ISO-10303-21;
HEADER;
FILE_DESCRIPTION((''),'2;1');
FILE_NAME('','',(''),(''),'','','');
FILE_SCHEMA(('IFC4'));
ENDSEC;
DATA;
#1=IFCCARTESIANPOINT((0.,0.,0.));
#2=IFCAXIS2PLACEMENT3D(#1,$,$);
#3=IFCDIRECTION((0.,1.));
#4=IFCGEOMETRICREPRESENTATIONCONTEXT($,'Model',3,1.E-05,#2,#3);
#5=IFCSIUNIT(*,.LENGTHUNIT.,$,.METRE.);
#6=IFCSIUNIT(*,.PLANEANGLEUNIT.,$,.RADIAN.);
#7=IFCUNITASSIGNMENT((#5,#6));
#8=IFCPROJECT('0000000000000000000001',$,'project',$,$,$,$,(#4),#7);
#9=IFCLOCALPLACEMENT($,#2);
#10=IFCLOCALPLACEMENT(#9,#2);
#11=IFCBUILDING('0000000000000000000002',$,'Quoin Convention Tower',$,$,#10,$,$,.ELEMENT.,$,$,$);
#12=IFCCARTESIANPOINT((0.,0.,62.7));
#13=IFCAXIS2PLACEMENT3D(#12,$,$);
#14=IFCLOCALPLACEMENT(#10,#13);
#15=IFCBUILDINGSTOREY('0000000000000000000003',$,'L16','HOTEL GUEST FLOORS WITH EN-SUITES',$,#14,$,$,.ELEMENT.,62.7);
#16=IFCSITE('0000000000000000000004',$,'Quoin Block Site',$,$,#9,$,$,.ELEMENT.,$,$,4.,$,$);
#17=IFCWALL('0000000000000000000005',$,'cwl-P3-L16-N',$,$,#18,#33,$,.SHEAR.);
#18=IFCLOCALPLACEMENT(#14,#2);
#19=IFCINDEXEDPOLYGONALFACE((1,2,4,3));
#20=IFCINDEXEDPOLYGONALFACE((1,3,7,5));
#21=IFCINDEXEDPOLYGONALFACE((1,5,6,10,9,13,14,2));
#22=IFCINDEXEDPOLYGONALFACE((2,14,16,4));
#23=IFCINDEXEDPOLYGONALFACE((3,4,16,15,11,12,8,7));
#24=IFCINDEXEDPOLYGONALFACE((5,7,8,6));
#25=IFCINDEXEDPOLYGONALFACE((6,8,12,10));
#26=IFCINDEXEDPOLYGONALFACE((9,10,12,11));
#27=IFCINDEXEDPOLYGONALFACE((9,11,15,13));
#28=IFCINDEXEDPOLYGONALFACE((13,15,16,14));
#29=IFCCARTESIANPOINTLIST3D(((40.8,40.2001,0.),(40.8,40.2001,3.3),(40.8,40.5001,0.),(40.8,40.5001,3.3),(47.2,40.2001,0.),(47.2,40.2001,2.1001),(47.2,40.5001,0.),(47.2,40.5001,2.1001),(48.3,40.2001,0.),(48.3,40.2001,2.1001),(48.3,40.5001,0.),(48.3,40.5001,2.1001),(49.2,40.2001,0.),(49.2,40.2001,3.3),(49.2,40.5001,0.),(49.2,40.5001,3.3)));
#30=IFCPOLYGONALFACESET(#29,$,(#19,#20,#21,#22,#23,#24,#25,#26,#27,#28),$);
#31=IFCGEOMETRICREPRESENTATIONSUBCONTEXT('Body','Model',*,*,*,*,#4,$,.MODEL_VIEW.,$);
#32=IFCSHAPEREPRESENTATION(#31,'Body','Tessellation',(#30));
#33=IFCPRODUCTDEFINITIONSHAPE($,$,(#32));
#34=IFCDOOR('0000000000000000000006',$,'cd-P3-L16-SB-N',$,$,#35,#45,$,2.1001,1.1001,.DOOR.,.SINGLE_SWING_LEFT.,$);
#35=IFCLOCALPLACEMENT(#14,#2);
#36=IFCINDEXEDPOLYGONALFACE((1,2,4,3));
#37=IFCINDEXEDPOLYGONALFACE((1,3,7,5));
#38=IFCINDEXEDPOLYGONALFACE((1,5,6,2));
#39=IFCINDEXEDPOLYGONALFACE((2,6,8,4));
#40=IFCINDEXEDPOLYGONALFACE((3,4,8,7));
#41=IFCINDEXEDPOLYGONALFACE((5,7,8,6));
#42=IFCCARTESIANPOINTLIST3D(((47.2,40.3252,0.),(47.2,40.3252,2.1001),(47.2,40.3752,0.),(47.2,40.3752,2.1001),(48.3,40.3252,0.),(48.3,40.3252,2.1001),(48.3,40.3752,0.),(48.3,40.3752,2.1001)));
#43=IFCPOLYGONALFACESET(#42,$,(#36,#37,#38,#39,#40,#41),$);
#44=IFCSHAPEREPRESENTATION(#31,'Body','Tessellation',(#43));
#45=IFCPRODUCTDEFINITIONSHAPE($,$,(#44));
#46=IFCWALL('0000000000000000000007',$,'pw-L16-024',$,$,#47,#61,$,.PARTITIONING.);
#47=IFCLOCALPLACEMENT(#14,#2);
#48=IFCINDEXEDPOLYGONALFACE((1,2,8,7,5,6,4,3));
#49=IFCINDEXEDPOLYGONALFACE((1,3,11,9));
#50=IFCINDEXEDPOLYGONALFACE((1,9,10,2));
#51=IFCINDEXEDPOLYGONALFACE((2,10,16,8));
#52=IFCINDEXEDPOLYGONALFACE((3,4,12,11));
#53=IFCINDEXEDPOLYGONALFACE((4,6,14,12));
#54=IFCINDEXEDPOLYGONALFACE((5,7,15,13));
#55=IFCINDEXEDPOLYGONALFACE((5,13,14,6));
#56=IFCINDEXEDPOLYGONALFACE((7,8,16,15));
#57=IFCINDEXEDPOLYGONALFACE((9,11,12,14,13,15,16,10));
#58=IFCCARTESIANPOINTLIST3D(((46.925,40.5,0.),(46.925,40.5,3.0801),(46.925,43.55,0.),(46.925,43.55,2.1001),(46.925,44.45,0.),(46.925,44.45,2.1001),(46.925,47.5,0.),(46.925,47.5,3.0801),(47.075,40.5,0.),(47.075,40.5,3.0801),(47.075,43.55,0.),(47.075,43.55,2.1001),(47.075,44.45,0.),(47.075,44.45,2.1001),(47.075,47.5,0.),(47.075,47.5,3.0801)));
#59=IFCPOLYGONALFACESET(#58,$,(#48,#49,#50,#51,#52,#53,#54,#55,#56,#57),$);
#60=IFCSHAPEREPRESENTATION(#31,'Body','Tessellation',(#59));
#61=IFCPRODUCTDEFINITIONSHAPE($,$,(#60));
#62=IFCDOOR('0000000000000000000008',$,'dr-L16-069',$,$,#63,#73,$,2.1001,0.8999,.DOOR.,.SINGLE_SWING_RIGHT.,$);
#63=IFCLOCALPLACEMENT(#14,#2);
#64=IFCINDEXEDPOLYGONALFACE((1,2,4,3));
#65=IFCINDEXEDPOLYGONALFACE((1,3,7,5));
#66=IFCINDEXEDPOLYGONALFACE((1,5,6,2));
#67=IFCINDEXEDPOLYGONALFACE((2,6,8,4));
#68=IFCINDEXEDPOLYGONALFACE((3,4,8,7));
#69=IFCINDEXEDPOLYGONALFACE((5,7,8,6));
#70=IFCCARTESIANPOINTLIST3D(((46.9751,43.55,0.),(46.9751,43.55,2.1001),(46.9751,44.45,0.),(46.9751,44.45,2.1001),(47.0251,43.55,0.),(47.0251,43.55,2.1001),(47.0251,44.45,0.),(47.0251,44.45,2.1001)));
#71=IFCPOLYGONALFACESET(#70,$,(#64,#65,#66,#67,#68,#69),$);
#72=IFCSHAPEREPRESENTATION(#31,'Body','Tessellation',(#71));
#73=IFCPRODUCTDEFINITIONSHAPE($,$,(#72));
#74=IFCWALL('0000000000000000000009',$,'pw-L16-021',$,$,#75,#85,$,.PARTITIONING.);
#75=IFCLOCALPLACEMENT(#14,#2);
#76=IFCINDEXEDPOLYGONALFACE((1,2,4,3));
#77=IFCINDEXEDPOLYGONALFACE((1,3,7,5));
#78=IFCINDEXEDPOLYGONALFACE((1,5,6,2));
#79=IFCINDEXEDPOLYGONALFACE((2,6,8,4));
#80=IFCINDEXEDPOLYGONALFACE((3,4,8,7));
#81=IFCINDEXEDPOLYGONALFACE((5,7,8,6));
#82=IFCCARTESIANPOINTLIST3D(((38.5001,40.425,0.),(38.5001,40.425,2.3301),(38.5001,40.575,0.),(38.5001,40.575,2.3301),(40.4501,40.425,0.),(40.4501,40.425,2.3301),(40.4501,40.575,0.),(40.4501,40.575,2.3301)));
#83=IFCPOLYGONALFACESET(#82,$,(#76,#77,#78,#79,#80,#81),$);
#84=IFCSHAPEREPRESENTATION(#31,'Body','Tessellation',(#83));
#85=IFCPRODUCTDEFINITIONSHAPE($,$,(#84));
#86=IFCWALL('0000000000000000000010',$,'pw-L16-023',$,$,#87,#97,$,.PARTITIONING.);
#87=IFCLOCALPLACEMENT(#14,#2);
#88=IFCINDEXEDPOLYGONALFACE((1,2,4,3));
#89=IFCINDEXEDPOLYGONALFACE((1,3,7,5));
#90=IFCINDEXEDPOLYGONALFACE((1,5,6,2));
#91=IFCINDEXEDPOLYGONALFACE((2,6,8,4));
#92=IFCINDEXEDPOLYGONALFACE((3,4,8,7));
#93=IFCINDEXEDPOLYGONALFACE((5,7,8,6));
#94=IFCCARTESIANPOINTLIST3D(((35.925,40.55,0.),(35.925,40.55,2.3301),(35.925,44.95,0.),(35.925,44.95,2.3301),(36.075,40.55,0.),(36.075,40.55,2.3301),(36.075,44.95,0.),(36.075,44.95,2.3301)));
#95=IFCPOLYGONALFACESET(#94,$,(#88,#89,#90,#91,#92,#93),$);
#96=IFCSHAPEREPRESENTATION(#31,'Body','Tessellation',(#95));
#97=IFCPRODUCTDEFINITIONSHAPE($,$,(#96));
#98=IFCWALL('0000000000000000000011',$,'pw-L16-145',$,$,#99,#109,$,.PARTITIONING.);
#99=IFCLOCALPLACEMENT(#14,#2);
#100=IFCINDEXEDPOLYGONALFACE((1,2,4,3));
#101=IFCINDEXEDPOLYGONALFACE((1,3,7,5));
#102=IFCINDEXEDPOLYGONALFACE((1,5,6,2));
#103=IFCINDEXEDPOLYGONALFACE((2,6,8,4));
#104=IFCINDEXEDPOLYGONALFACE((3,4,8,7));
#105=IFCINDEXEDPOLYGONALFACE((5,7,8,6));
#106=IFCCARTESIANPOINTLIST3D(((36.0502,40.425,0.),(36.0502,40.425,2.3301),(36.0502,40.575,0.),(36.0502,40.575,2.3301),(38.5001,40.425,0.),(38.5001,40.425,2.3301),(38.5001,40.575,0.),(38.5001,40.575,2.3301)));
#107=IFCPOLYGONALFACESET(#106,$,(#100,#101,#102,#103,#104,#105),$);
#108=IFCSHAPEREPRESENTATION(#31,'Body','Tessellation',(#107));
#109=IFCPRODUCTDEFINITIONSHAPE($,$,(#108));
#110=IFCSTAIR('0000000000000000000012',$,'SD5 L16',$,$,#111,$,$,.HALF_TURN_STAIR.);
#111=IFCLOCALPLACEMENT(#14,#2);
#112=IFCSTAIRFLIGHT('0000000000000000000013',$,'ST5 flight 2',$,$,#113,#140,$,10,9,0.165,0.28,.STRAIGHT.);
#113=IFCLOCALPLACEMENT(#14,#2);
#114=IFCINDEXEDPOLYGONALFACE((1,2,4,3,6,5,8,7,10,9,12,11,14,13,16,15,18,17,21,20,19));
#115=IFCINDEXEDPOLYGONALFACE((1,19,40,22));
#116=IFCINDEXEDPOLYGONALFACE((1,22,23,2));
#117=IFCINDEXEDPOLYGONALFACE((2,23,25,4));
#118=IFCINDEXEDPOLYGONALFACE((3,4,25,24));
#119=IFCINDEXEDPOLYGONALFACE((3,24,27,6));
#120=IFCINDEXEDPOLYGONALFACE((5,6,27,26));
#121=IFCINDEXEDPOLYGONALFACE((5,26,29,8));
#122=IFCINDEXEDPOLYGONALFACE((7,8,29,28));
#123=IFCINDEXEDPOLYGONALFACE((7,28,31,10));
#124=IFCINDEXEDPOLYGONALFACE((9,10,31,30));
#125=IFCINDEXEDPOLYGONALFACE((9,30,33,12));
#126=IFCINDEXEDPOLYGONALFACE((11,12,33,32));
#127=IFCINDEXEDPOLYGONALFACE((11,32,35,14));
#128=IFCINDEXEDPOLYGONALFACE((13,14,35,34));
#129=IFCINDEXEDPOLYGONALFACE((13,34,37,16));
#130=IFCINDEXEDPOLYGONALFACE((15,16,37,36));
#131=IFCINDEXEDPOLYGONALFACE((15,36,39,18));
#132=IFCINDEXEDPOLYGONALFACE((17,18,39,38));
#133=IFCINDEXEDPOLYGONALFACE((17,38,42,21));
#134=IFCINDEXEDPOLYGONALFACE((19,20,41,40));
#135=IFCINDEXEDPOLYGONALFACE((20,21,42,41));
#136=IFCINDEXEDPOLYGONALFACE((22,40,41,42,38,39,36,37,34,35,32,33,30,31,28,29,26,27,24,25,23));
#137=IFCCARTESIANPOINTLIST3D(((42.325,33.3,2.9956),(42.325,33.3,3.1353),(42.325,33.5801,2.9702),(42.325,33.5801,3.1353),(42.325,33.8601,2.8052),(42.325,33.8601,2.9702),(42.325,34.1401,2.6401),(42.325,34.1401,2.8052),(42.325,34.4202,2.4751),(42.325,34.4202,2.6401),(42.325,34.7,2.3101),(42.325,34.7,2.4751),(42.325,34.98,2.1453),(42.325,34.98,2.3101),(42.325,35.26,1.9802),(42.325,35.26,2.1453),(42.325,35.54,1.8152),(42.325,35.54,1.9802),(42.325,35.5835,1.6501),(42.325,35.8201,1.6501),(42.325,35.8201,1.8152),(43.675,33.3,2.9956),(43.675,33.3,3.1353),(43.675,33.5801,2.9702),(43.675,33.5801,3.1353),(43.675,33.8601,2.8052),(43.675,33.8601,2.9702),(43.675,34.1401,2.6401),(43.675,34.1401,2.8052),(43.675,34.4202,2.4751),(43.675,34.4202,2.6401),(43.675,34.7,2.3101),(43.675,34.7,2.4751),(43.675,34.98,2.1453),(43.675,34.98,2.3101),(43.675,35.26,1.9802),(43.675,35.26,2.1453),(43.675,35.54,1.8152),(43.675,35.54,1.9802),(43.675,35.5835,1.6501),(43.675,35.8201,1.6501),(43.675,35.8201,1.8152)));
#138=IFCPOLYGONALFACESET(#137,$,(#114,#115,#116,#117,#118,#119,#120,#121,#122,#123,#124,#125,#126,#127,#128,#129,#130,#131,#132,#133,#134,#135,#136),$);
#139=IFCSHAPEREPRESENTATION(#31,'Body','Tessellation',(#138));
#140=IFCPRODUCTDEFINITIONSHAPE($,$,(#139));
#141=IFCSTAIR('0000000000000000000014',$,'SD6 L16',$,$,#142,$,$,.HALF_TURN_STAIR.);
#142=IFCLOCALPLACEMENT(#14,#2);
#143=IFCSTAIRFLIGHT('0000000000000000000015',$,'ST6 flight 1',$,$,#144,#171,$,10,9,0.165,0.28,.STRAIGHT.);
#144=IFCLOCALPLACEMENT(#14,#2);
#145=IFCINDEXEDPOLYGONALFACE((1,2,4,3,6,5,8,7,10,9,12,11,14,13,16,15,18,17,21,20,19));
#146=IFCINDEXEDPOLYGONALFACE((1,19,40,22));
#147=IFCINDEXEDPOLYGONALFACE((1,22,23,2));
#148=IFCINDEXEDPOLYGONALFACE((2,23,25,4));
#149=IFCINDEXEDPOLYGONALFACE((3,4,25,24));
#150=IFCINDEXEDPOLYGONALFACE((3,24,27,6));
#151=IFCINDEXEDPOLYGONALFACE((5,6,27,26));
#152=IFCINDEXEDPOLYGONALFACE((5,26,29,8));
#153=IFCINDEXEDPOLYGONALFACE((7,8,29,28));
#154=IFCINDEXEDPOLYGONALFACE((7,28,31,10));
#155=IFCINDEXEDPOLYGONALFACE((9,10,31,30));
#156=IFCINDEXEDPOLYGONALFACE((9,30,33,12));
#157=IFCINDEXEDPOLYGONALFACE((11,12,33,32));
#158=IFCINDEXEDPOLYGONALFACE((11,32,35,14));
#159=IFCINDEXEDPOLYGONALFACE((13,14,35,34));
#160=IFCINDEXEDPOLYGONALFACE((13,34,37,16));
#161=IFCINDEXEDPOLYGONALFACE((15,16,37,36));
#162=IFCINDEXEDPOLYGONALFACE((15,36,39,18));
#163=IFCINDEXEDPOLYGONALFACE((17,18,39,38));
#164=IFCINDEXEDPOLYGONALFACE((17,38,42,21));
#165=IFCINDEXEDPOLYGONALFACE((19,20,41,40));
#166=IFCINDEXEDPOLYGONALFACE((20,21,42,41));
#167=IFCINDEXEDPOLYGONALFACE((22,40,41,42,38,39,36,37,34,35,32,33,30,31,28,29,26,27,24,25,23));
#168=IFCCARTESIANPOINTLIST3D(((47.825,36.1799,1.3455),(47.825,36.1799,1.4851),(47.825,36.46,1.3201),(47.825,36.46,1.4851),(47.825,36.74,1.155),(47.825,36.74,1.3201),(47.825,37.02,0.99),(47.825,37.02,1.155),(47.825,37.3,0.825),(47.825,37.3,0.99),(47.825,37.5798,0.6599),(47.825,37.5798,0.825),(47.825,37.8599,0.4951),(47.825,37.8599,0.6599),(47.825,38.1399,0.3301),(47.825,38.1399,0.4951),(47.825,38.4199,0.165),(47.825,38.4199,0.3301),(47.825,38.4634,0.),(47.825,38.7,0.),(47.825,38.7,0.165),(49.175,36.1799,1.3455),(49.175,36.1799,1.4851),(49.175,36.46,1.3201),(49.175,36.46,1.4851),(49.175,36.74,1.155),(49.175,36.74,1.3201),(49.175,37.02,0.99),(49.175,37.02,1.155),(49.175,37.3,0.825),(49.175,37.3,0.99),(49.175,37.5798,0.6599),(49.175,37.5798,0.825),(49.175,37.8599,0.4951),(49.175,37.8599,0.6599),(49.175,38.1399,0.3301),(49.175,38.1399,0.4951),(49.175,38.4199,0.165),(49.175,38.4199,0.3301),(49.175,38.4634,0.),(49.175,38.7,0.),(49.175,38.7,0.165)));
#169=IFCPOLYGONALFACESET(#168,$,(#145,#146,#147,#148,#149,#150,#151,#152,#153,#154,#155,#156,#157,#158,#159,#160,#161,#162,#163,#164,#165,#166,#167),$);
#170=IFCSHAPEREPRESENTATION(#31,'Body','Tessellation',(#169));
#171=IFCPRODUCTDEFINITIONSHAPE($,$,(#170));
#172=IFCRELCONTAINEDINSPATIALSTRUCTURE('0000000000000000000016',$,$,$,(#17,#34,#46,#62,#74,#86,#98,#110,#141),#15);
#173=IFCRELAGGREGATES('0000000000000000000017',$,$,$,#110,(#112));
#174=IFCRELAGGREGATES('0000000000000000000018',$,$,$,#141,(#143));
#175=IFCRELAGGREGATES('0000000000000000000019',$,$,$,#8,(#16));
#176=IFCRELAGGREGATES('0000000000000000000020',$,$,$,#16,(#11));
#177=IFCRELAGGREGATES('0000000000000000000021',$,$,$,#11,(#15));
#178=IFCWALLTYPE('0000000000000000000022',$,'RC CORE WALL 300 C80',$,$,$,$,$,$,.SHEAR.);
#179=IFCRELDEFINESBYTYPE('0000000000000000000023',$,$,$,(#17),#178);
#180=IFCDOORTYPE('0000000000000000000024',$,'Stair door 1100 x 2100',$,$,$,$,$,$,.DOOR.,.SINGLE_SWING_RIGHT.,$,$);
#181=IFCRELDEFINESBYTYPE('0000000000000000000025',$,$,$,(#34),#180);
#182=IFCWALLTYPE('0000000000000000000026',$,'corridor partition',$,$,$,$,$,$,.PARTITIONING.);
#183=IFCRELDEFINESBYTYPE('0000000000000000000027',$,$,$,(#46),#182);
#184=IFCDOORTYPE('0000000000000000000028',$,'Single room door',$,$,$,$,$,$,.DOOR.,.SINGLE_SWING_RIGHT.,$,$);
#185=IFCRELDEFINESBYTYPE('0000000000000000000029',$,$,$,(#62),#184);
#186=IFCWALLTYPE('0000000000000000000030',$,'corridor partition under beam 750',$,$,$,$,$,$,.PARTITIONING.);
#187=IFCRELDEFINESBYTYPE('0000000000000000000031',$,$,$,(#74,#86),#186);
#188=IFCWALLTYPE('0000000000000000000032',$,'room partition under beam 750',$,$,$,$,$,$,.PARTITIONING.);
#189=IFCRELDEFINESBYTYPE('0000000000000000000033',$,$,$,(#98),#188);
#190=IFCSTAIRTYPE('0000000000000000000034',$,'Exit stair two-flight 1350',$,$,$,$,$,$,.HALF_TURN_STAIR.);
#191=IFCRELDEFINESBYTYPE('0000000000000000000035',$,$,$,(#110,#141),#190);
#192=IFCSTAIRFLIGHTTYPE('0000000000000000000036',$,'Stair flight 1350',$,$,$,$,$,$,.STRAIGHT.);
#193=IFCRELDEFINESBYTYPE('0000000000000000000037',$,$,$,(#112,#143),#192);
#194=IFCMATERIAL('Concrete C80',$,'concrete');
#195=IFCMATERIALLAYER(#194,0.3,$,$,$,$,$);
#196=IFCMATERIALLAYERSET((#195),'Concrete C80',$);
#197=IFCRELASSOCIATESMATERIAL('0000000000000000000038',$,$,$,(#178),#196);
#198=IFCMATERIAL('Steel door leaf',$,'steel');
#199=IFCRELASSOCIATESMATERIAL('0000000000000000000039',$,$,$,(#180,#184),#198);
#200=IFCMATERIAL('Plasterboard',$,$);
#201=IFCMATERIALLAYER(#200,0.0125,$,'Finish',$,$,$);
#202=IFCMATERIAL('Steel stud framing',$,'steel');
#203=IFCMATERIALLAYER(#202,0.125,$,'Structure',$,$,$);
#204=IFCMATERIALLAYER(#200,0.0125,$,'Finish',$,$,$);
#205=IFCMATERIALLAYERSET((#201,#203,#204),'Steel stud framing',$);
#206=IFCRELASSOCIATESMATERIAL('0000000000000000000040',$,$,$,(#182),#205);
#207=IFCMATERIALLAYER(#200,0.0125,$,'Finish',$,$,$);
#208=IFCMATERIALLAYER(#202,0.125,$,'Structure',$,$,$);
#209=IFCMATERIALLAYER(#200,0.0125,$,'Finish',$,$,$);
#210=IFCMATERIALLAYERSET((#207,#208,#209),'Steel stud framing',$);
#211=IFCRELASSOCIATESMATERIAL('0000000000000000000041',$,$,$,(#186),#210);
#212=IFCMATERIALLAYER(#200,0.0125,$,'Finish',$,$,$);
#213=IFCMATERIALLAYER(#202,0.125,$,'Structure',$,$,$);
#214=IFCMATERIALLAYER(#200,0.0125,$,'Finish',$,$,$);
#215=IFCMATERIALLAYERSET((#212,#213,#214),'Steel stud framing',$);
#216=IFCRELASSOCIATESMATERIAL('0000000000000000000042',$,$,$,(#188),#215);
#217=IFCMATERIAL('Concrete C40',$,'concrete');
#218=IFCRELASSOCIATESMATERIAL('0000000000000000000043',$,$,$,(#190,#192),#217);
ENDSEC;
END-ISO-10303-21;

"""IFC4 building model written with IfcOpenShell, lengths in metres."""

from ifc_helpers import new_model, si_unit, direction, frame, frame_2d, origin, place, context, subcontext, project, spatial, polyline, rectangle, outline, extrude, material, layer, layer_set, type_object, element, fill, aggregate, save


model = new_model("IFC4")

# Units and contexts
model_context = context("Model", 3, precision=1e-05, world=origin(), true_north=direction((0.0, 1.0)))
body_context = subcontext(model_context, "Body", "Model", "MODEL_VIEW")
ifc_project = project(units=[si_unit("LENGTHUNIT", "METRE"), si_unit("PLANEANGLEUNIT", "RADIAN")], contexts=[model_context])

# Site, building, storey
site_placement = place(None, origin())
site = spatial("IfcSite", under=ifc_project, at=site_placement, Name="Quoin Block Site", CompositionType="ELEMENT", RefElevation=4.0)
building_placement = place(site_placement, origin())
building = spatial("IfcBuilding", under=site, at=building_placement, Name="Quoin Convention Tower", CompositionType="ELEMENT")
storey_placement = place(building_placement, frame((0.0, 0.0, 62.7)))
storey = spatial("IfcBuildingStorey", under=building, at=storey_placement, Name="L16", Description="HOTEL GUEST FLOORS WITH EN-SUITES", CompositionType="ELEMENT", Elevation=62.7)

# Shared definitions
ifc_material_1 = material(Name="Concrete C80", Category="concrete")

# Walls, openings, doors
ifc_layer_1 = layer(ifc_material_1, 0.3)
ifc_layer_set_1 = layer_set([ifc_layer_1], Name="Concrete C80")
wall_type_1 = type_object("IfcWallType", Name="RC CORE WALL 300 C80", PredefinedType="SHEAR", material=ifc_layer_set_1)
wall_1_placement = place(storey_placement, frame((40.8, 40.3501, 0.0), z_axis=(0.0, 0.0, 1.0), x_axis=(1.0, 0.0, 0.0)))
wall_1 = element("IfcWall", 1, at=wall_1_placement, inside=storey, type_object=wall_type_1, Name="cwl-P3-L16-N", PredefinedType="SHEAR", context=body_context, shape_type="SweptSolid", body=[
    extrude(rectangle(XDim=8.3999, YDim=0.3, at=frame_2d((4.2, 0.0))), origin(), (0.0, 0.0, 1.0), 3.3),
])
opening_1_placement = place(wall_1_placement, frame((6.3999, 0.0, 0.0)))
opening_1 = element("IfcOpeningElement", 2, at=opening_1_placement, cuts=wall_1, PredefinedType="OPENING", context=body_context, shape_type="SweptSolid", body=[
    extrude(rectangle(XDim=1.1001, YDim=2.1001, at=frame_2d((0.55, 1.05))), frame((0.0, 0.1599, 0.0), z_axis=(0.0, -1.0, 0.0), x_axis=(1.0, 0.0, 0.0)), (0.0, 0.0, 1.0), 0.3201),
])
ifc_material_2 = material(Name="Steel door leaf", Category="steel")
door_type_1 = type_object("IfcDoorType", Name="Stair door 1100 x 2100", OperationType="SINGLE_SWING_RIGHT", PredefinedType="DOOR", material=ifc_material_2)
door_1_placement = place(opening_1_placement, frame((1.1001, 0.0, 0.0), z_axis=(0.0, 0.0, 1.0), x_axis=(-1.0, 0.0, 0.0)))
door_1 = element("IfcDoor", 3, at=door_1_placement, inside=storey, type_object=door_type_1, Name="cd-P3-L16-SB-N", OperationType="SINGLE_SWING_LEFT", OverallHeight=2.1001, OverallWidth=1.1001, PredefinedType="DOOR", context=body_context, shape_type="SweptSolid", body=[
    extrude(rectangle(XDim=1.1001, YDim=2.1001, at=frame_2d((0.55, 1.05))), frame((0.0, 0.0249, 0.0), z_axis=(0.0, -1.0, 0.0), x_axis=(1.0, 0.0, 0.0)), (0.0, 0.0, 1.0), 0.05),
])
fill(opening_1, door_1)
ifc_material_3 = material(Name="Plasterboard")
ifc_layer_2 = layer(ifc_material_3, 0.0125, Name="Finish")
ifc_material_4 = material(Name="Steel stud framing", Category="steel")
ifc_layer_3 = layer(ifc_material_4, 0.125, Name="Structure")
ifc_layer_4 = layer(ifc_material_3, 0.0125, Name="Finish")
ifc_layer_set_2 = layer_set([ifc_layer_2, ifc_layer_3, ifc_layer_4], Name="Steel stud framing")
wall_type_2 = type_object("IfcWallType", Name="corridor partition", PredefinedType="PARTITIONING", material=ifc_layer_set_2)
wall_2_placement = place(storey_placement, frame((47.0, 40.5, 0.0), z_axis=(0.0, 0.0, 1.0), x_axis=(0.0, 1.0, 0.0)))
wall_2 = element("IfcWall", 4, at=wall_2_placement, inside=storey, type_object=wall_type_2, Name="pw-L16-024", PredefinedType="PARTITIONING", context=body_context, shape_type="SweptSolid", body=[
    extrude(rectangle(XDim=7.0, YDim=0.1499, at=frame_2d((3.5, 0.0))), origin(), (0.0, 0.0, 1.0), 3.0801),
])
opening_2_placement = place(wall_2_placement, frame((3.05, 0.0, 0.0)))
opening_2 = element("IfcOpeningElement", 5, at=opening_2_placement, cuts=wall_2, PredefinedType="OPENING", context=body_context, shape_type="SweptSolid", body=[
    extrude(rectangle(XDim=0.8999, YDim=2.1001, at=frame_2d((0.45, 1.05))), frame((0.0, 0.085, 0.0), z_axis=(0.0, -1.0, 0.0), x_axis=(1.0, 0.0, 0.0)), (0.0, 0.0, 1.0), 0.1699),
])
door_type_2 = type_object("IfcDoorType", Name="Single room door", OperationType="SINGLE_SWING_RIGHT", PredefinedType="DOOR", material=ifc_material_2)
door_2_placement = place(opening_2_placement, origin())
door_2 = element("IfcDoor", 6, at=door_2_placement, inside=storey, type_object=door_type_2, Name="dr-L16-069", OperationType="SINGLE_SWING_RIGHT", OverallHeight=2.1001, OverallWidth=0.8999, PredefinedType="DOOR", context=body_context, shape_type="SweptSolid", body=[
    extrude(rectangle(XDim=0.8999, YDim=2.1001, at=frame_2d((0.45, 1.05))), frame((0.0, 0.0249, 0.0), z_axis=(0.0, -1.0, 0.0), x_axis=(1.0, 0.0, 0.0)), (0.0, 0.0, 1.0), 0.05),
])
fill(opening_2, door_2)

# Walls
ifc_layer_5 = layer(ifc_material_3, 0.0125, Name="Finish")
ifc_layer_6 = layer(ifc_material_4, 0.125, Name="Structure")
ifc_layer_7 = layer(ifc_material_3, 0.0125, Name="Finish")
ifc_layer_set_3 = layer_set([ifc_layer_5, ifc_layer_6, ifc_layer_7], Name="Steel stud framing")
wall_type_3 = type_object("IfcWallType", Name="corridor partition under beam 750", PredefinedType="PARTITIONING", material=ifc_layer_set_3)
wall_3_placement = place(storey_placement, frame((38.5, 40.5, 0.0), z_axis=(0.0, 0.0, 1.0), x_axis=(1.0, 0.0, 0.0)))
element("IfcWall", 7, at=wall_3_placement, inside=storey, type_object=wall_type_3, Name="pw-L16-021", PredefinedType="PARTITIONING", context=body_context, shape_type="SweptSolid", body=[
    extrude(rectangle(XDim=1.95, YDim=0.1499, at=frame_2d((0.9751, 0.0))), origin(), (0.0, 0.0, 1.0), 2.3301),
])
wall_4_placement = place(storey_placement, frame((36.0, 40.55, 0.0), z_axis=(0.0, 0.0, 1.0), x_axis=(0.0, 1.0, 0.0)))
element("IfcWall", 8, at=wall_4_placement, inside=storey, type_object=wall_type_3, Name="pw-L16-023", PredefinedType="PARTITIONING", context=body_context, shape_type="SweptSolid", body=[
    extrude(rectangle(XDim=4.3999, YDim=0.1499, at=frame_2d((2.2, 0.0))), origin(), (0.0, 0.0, 1.0), 2.3301),
])
ifc_layer_8 = layer(ifc_material_3, 0.0125, Name="Finish")
ifc_layer_9 = layer(ifc_material_4, 0.125, Name="Structure")
ifc_layer_10 = layer(ifc_material_3, 0.0125, Name="Finish")
ifc_layer_set_4 = layer_set([ifc_layer_8, ifc_layer_9, ifc_layer_10], Name="Steel stud framing")
wall_type_4 = type_object("IfcWallType", Name="room partition under beam 750", PredefinedType="PARTITIONING", material=ifc_layer_set_4)
wall_5_placement = place(storey_placement, frame((36.05, 40.5, 0.0), z_axis=(0.0, 0.0, 1.0), x_axis=(1.0, 0.0, 0.0)))
element("IfcWall", 9, at=wall_5_placement, inside=storey, type_object=wall_type_4, Name="pw-L16-145", PredefinedType="PARTITIONING", context=body_context, shape_type="SweptSolid", body=[
    extrude(rectangle(XDim=2.45, YDim=0.1499, at=frame_2d((1.2251, 0.0))), origin(), (0.0, 0.0, 1.0), 2.3301),
])

# Stair, stair flight
ifc_material_5 = material(Name="Concrete C40", Category="concrete")
stair_type = type_object("IfcStairType", Name="Exit stair two-flight 1350", PredefinedType="HALF_TURN_STAIR", material=ifc_material_5)
stair_1_placement = place(storey_placement, origin())
stair_1 = element("IfcStair", 10, at=stair_1_placement, inside=storey, type_object=stair_type, Name="SD5 L16", PredefinedType="HALF_TURN_STAIR")
stair_flight_type = type_object("IfcStairFlightType", Name="Stair flight 1350", PredefinedType="STRAIGHT", material=ifc_material_5)
stair_flight_1_placement = place(storey_placement, frame((43.0, 35.8201, 1.6501), z_axis=(0.0, 0.0, 1.0), x_axis=(0.0, -1.0, 0.0)))
stair_flight_1 = element("IfcStairFlight", 11, at=stair_flight_1_placement, type_object=stair_flight_type, Name="ST5 flight 2", NumberOfRisers=10, NumberOfTreads=9, PredefinedType="STRAIGHT", RiserHeight=0.165, TreadLength=0.28, context=body_context, shape_type="SweptSolid", body=[
    extrude(outline(polyline([(0.0, 0.0), (0.0, 0.165), (0.28, 0.165), (0.28, 0.3301), (0.5601, 0.3301), (0.5601, 0.4951), (0.8401, 0.4951), (0.8401, 0.6599), (1.1201, 0.6599), (1.1201, 0.825), (1.3999, 0.825), (1.3999, 0.99), (1.6799, 0.99), (1.6799, 1.155), (1.96, 1.155), (1.96, 1.3201), (2.24, 1.3201), (2.24, 1.4851), (2.52, 1.4851), (2.52, 1.6499), (2.52, 1.3455), (0.2366, 0.0), (0.0, 0.0)])), frame((0.0, 0.675, 0.0), z_axis=(0.0, -1.0, 0.0), x_axis=(1.0, 0.0, 0.0)), (0.0, 0.0, 1.0), 1.3501),
])
aggregate(stair_1, [stair_flight_1])

# Stair, stair flight
stair_2_placement = place(storey_placement, origin())
stair_2 = element("IfcStair", 12, at=stair_2_placement, inside=storey, type_object=stair_type, Name="SD6 L16", PredefinedType="HALF_TURN_STAIR")
stair_flight_2_placement = place(storey_placement, frame((48.5, 38.7, 0.0), z_axis=(0.0, 0.0, 1.0), x_axis=(0.0, -1.0, 0.0)))
stair_flight_2 = element("IfcStairFlight", 13, at=stair_flight_2_placement, type_object=stair_flight_type, Name="ST6 flight 1", NumberOfRisers=10, NumberOfTreads=9, PredefinedType="STRAIGHT", RiserHeight=0.165, TreadLength=0.28, context=body_context, shape_type="SweptSolid", body=[
    extrude(outline(polyline([(0.0, 0.0), (0.0, 0.165), (0.28, 0.165), (0.28, 0.3301), (0.5601, 0.3301), (0.5601, 0.4951), (0.8401, 0.4951), (0.8401, 0.6599), (1.1201, 0.6599), (1.1201, 0.825), (1.3999, 0.825), (1.3999, 0.99), (1.6799, 0.99), (1.6799, 1.155), (1.96, 1.155), (1.96, 1.3201), (2.24, 1.3201), (2.24, 1.4851), (2.52, 1.4851), (2.52, 1.6499), (2.52, 1.3455), (0.2366, 0.0), (0.0, 0.0)])), frame((0.0, 0.675, 0.0), z_axis=(0.0, -1.0, 0.0), x_axis=(1.0, 0.0, 0.0)), (0.0, 0.0, 1.0), 1.3501),
])
aggregate(stair_2, [stair_flight_2])

save(model, "model.ifc")
